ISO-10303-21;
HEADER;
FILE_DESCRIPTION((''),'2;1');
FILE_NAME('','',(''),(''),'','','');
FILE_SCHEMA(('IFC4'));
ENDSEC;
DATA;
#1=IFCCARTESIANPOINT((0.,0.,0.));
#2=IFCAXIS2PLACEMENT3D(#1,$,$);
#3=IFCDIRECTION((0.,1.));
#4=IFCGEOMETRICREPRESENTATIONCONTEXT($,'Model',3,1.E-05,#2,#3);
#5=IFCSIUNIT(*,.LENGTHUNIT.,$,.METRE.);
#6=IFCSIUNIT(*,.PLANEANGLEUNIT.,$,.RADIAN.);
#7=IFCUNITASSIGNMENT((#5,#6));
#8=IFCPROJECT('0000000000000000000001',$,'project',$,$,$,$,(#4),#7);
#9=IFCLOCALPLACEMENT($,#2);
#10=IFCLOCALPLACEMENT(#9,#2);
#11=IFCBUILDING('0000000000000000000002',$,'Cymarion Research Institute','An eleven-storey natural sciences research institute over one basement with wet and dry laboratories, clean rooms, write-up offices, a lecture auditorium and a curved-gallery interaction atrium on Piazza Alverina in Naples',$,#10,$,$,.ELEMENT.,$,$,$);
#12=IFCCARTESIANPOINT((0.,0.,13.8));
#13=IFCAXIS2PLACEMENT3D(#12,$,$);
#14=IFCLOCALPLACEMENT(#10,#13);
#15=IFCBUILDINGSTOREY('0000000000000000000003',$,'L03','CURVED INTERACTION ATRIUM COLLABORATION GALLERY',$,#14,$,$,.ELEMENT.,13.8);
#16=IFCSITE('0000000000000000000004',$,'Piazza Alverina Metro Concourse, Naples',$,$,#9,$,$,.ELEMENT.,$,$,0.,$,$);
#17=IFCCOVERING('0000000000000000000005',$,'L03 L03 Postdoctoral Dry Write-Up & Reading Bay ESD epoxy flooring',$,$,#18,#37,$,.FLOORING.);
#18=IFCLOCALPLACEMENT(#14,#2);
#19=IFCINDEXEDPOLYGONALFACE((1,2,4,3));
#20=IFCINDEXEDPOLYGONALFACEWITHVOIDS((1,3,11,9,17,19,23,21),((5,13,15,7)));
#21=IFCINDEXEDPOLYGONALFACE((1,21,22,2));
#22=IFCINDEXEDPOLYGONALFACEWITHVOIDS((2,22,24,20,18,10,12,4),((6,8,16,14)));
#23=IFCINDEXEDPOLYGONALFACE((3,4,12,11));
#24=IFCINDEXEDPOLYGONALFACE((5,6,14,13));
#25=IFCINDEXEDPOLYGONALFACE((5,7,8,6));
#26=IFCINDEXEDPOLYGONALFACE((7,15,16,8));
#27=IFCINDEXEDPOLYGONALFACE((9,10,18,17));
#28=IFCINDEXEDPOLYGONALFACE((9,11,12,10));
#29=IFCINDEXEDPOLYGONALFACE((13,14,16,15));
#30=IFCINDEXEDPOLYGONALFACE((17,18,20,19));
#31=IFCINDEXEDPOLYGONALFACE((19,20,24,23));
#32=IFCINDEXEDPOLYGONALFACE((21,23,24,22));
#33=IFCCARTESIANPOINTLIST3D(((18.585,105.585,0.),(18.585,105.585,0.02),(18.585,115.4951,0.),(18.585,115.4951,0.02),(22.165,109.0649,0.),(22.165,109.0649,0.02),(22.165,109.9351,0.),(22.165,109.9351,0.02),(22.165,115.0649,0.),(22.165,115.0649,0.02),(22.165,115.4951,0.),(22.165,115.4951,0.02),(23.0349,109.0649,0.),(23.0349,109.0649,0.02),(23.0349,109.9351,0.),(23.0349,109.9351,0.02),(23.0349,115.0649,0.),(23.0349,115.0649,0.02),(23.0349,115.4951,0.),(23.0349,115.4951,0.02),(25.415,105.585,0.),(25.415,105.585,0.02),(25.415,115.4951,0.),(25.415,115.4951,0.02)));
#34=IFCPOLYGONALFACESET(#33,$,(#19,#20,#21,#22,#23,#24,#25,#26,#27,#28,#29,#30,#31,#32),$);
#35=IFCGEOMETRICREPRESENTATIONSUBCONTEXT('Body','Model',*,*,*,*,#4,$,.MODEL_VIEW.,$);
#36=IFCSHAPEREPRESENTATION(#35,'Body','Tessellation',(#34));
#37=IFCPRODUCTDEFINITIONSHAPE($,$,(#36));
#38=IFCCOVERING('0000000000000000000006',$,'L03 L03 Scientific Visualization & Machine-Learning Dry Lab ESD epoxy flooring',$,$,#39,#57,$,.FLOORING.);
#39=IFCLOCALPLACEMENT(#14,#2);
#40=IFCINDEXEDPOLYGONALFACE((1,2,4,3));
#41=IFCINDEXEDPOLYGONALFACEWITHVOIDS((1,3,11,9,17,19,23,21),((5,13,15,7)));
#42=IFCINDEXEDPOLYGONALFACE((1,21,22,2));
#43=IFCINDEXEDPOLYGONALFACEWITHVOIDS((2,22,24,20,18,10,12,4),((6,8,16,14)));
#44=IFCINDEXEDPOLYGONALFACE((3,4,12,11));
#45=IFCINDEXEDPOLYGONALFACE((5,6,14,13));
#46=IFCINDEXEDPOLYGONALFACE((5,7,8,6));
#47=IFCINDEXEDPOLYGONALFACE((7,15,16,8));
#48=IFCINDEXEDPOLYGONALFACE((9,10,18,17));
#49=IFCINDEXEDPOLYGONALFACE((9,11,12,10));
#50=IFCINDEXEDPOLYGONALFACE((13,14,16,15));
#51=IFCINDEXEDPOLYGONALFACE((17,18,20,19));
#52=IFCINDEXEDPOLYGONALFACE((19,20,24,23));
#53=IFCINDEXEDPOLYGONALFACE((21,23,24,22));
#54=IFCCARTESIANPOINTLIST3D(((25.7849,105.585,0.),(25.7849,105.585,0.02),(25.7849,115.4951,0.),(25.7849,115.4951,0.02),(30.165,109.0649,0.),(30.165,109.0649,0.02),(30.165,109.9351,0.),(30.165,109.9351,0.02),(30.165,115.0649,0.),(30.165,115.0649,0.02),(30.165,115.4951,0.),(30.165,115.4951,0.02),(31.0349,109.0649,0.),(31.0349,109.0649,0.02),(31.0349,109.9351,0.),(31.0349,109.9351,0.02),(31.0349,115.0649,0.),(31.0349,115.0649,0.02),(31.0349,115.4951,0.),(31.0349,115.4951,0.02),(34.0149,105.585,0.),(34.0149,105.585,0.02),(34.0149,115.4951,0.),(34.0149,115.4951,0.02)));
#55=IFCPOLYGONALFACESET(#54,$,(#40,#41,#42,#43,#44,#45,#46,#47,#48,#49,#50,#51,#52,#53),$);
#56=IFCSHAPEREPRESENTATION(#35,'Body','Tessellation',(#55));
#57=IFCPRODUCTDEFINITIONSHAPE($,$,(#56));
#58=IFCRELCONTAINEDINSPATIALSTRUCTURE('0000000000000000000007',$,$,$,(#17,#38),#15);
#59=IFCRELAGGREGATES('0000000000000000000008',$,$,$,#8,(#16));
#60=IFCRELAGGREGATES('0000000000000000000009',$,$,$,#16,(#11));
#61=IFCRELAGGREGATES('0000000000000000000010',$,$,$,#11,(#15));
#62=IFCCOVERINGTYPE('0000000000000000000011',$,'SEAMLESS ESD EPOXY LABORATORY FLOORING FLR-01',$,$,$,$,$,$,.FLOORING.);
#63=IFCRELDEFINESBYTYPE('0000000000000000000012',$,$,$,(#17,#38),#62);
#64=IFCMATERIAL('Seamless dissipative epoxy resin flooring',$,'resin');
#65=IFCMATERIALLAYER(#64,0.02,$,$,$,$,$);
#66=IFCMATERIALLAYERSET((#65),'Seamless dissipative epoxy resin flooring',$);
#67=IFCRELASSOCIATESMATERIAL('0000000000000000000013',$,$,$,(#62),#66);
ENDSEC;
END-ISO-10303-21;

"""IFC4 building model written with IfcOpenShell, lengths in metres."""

from ifc_helpers import new_model, si_unit, direction, frame, origin, place, context, subcontext, project, spatial, polyline, outline, extrude, material, layer, layer_set, type_object, element, save


model = new_model("IFC4")

# Units and contexts
model_context = context("Model", 3, precision=1e-05, world=origin(), true_north=direction((0.0, 1.0)))
body_context = subcontext(model_context, "Body", "Model", "MODEL_VIEW")
ifc_project = project(units=[si_unit("LENGTHUNIT", "METRE"), si_unit("PLANEANGLEUNIT", "RADIAN")], contexts=[model_context])

# Site, building, storey
site_placement = place(None, origin())
site = spatial("IfcSite", under=ifc_project, at=site_placement, Name="Piazza Alverina Metro Concourse, Naples", CompositionType="ELEMENT", RefElevation=0.0)
building_placement = place(site_placement, origin())
building = spatial("IfcBuilding", under=site, at=building_placement, Name="Cymarion Research Institute", Description="An eleven-storey natural sciences research institute over one basement with wet and dry laboratories, clean rooms, write-up offices, a lecture auditorium and a curved-gallery interaction atrium on Piazza Alverina in Naples", CompositionType="ELEMENT")
storey_placement = place(building_placement, frame((0.0, 0.0, 13.8)))
storey = spatial("IfcBuildingStorey", under=building, at=storey_placement, Name="L03", Description="CURVED INTERACTION ATRIUM COLLABORATION GALLERY", CompositionType="ELEMENT", Elevation=13.8)

# Coverings
ifc_material_1 = material(Name="Seamless dissipative epoxy resin flooring", Category="resin")
ifc_layer_1 = layer(ifc_material_1, 0.02)
ifc_layer_set_1 = layer_set([ifc_layer_1], Name="Seamless dissipative epoxy resin flooring")
covering_type_1 = type_object("IfcCoveringType", Name="SEAMLESS ESD EPOXY LABORATORY FLOORING FLR-01", PredefinedType="FLOORING", material=ifc_layer_set_1)
covering_1_placement = place(storey_placement, origin())
element("IfcCovering", 1, at=covering_1_placement, inside=storey, type_object=covering_type_1, Name="L03 L03 Postdoctoral Dry Write-Up & Reading Bay ESD epoxy flooring", PredefinedType="FLOORING", context=body_context, shape_type="SweptSolid", body=[
    extrude(outline(polyline([(18.585, 105.585), (18.585, 115.4951), (22.165, 115.4951), (22.165, 115.0649), (23.0349, 115.0649), (23.0349, 115.4951), (25.415, 115.4951), (25.415, 105.585), (18.585, 105.585)]), holes=[polyline([(23.0349, 109.9351), (22.165, 109.9351), (22.165, 109.0649), (23.0349, 109.0649), (23.0349, 109.9351)])]), origin(), (0.0, 0.0, 1.0), 0.02),
])
covering_2_placement = place(storey_placement, origin())
element("IfcCovering", 2, at=covering_2_placement, inside=storey, type_object=covering_type_1, Name="L03 L03 Scientific Visualization & Machine-Learning Dry Lab ESD epoxy flooring", PredefinedType="FLOORING", context=body_context, shape_type="SweptSolid", body=[
    extrude(outline(polyline([(25.7849, 105.585), (25.7849, 115.4951), (30.165, 115.4951), (30.165, 115.0649), (31.0349, 115.0649), (31.0349, 115.4951), (34.0149, 115.4951), (34.0149, 105.585), (25.7849, 105.585)]), holes=[polyline([(30.165, 109.9351), (30.165, 109.0649), (31.0349, 109.0649), (31.0349, 109.9351), (30.165, 109.9351)])]), origin(), (0.0, 0.0, 1.0), 0.02),
])

save(model, "model.ifc")
